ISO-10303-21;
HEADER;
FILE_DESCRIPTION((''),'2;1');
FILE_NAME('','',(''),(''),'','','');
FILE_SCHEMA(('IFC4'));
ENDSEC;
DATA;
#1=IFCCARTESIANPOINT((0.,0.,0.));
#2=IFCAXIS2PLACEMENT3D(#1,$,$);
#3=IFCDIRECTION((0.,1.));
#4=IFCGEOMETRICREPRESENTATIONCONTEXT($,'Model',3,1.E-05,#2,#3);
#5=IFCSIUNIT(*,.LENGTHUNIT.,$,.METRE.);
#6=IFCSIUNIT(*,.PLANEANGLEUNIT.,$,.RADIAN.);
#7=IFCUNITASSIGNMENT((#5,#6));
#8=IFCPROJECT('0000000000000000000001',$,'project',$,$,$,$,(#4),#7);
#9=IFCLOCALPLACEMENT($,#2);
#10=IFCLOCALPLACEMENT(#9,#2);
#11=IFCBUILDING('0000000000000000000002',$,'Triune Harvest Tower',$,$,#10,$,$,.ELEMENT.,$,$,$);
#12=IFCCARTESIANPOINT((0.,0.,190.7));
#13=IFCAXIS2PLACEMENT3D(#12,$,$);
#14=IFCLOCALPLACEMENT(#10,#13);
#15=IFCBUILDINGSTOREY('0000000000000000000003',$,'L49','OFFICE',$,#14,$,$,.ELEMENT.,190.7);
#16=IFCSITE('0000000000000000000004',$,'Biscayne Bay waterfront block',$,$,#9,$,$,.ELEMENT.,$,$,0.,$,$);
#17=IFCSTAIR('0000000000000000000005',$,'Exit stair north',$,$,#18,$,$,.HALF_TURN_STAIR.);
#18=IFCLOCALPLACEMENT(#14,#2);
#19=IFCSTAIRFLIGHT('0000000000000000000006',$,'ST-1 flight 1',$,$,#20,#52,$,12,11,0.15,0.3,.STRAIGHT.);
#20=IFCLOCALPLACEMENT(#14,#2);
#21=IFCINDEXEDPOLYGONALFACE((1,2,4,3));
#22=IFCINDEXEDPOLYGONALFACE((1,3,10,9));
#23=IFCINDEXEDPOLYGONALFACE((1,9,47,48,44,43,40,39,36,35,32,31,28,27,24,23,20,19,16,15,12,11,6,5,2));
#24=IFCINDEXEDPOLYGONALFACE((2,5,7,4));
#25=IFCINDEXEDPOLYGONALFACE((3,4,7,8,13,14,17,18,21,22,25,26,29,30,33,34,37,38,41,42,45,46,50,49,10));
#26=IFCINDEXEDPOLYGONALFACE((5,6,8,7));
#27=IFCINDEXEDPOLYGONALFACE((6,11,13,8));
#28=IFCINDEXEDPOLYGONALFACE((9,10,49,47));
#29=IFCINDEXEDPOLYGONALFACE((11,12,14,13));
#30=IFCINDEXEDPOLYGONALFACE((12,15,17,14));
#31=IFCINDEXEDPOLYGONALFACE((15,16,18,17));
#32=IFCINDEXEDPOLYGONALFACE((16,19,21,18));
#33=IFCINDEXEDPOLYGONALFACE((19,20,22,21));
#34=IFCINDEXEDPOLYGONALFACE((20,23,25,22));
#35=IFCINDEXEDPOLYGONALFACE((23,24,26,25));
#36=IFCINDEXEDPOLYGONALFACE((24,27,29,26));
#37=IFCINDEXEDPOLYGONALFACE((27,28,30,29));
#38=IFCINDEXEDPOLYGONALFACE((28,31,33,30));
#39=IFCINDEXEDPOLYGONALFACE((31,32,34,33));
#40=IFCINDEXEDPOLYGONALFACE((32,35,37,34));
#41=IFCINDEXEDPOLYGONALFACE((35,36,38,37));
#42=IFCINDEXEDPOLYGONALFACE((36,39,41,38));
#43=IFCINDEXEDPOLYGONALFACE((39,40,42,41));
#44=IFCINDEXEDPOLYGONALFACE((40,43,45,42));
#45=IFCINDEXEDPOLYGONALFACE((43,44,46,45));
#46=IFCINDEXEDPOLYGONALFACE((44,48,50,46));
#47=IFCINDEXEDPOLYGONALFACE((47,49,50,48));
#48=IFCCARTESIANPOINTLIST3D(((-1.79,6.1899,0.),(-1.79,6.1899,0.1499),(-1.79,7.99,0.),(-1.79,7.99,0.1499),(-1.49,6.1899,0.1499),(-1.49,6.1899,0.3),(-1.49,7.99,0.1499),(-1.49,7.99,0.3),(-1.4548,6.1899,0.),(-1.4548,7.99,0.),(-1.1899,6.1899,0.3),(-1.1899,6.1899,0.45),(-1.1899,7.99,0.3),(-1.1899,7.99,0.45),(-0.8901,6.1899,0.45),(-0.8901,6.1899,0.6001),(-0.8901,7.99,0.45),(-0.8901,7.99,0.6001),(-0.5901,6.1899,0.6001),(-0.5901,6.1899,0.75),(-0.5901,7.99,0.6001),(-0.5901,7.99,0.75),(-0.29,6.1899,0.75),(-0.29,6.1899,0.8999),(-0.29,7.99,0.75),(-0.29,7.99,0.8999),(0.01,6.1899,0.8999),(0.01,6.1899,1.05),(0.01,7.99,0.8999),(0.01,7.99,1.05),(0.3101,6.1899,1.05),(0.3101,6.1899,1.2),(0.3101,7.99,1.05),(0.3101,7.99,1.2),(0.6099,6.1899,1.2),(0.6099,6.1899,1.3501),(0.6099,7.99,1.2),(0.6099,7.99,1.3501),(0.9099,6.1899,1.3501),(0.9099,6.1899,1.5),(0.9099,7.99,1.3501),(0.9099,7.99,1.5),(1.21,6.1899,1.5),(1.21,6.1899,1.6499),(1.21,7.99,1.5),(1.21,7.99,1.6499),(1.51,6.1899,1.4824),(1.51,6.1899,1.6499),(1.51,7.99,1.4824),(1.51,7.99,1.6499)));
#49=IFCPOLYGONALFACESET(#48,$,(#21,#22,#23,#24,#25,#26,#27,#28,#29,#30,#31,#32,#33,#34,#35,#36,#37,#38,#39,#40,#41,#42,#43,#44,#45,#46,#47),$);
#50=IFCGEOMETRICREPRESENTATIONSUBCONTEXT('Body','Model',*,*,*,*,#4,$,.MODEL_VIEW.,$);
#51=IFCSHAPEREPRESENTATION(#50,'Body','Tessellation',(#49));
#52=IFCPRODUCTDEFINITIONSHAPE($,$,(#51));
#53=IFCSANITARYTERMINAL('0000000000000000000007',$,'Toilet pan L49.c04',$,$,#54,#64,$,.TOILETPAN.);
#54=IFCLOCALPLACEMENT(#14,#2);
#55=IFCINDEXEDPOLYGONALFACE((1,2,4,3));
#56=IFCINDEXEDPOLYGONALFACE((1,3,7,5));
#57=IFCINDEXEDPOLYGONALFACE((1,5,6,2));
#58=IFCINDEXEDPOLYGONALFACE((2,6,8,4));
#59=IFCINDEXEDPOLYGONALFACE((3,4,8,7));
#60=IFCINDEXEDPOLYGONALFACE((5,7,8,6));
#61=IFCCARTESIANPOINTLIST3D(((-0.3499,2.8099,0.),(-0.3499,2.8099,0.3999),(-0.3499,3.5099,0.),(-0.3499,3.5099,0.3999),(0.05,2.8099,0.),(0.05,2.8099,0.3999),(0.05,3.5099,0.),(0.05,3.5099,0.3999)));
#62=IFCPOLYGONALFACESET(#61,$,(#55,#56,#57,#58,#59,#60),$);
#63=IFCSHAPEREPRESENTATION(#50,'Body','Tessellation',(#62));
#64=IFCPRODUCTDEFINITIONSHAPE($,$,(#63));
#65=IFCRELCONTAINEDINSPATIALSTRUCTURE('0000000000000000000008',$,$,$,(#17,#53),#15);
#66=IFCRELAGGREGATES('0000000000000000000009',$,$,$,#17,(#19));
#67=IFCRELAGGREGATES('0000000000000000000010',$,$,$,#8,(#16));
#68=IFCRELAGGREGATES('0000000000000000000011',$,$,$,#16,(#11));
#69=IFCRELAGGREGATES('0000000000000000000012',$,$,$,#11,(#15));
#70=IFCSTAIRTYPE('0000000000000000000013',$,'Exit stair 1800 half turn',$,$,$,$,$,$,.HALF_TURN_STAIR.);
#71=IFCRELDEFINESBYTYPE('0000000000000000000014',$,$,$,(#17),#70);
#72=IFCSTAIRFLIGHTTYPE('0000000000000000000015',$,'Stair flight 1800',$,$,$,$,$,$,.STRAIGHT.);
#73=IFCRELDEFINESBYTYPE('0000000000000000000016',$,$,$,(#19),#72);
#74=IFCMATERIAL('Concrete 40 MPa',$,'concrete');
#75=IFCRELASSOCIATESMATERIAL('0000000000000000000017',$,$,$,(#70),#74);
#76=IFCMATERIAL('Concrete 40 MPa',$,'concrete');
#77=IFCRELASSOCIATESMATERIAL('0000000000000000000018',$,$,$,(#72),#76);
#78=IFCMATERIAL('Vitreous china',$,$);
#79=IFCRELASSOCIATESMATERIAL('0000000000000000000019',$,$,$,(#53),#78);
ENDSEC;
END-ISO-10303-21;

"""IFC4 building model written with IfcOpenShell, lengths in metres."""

from ifc_helpers import new_model, si_unit, direction, frame, origin, origin_2d, place, context, subcontext, project, spatial, polyline, rectangle, outline, extrude, source, transform, mapped, material, type_object, element, aggregate, save


model = new_model("IFC4")

# Units and contexts
model_context = context("Model", 3, precision=1e-05, world=origin(), true_north=direction((0.0, 1.0)))
body_context = subcontext(model_context, "Body", "Model", "MODEL_VIEW")
ifc_project = project(units=[si_unit("LENGTHUNIT", "METRE"), si_unit("PLANEANGLEUNIT", "RADIAN")], contexts=[model_context])

# Site, building, storey
site_placement = place(None, origin())
site = spatial("IfcSite", under=ifc_project, at=site_placement, Name="Biscayne Bay waterfront block", CompositionType="ELEMENT", RefElevation=0.0)
building_placement = place(site_placement, origin())
building = spatial("IfcBuilding", under=site, at=building_placement, Name="Triune Harvest Tower", CompositionType="ELEMENT")
storey_placement = place(building_placement, frame((0.0, 0.0, 190.7)))
storey = spatial("IfcBuildingStorey", under=building, at=storey_placement, Name="L49", Description="OFFICE", CompositionType="ELEMENT", Elevation=190.7)

# Stair, stair flight
ifc_material_1 = material(Name="Concrete 40 MPa", Category="concrete")
stair_type = type_object("IfcStairType", Name="Exit stair 1800 half turn", PredefinedType="HALF_TURN_STAIR", material=ifc_material_1)
stair_placement = place(storey_placement, origin())
stair = element("IfcStair", 1, at=stair_placement, inside=storey, type_object=stair_type, Name="Exit stair north", PredefinedType="HALF_TURN_STAIR")
ifc_material_2 = material(Name="Concrete 40 MPa", Category="concrete")
stair_flight_type = type_object("IfcStairFlightType", Name="Stair flight 1800", PredefinedType="STRAIGHT", material=ifc_material_2)
shared_shape_1 = source(origin(), body_context, "Body", "SweptSolid", [
    extrude(outline(polyline([(0.0, 0.0), (0.0, 0.1499), (0.3, 0.1499), (0.3, 0.3), (0.6001, 0.3), (0.6001, 0.45), (0.8999, 0.45), (0.8999, 0.6001), (1.2, 0.6001), (1.2, 0.75), (1.5, 0.75), (1.5, 0.8999), (1.8, 0.8999), (1.8, 1.05), (2.1001, 1.05), (2.1001, 1.2), (2.3999, 1.2), (2.3999, 1.3501), (2.7, 1.3501), (2.7, 1.5), (3.0, 1.5), (3.0, 1.6499), (3.3, 1.6499), (3.3, 1.8), (3.3, 1.4824), (0.3352, 0.0), (0.0, 0.0)])), frame((0.0, 0.8999, 0.0), z_axis=(0.0, -1.0, 0.0), x_axis=(1.0, 0.0, 0.0)), (0.0, 0.0, 1.0), 1.8),
])
stair_flight_placement = place(storey_placement, frame((-1.79, 7.0901, 0.0), z_axis=(0.0, 0.0, 1.0), x_axis=(1.0, 0.0, 0.0)))
stair_flight = element("IfcStairFlight", 2, at=stair_flight_placement, type_object=stair_flight_type, Name="ST-1 flight 1", NumberOfRisers=12, NumberOfTreads=11, PredefinedType="STRAIGHT", RiserHeight=0.15, TreadLength=0.3, context=body_context, shape_type="MappedRepresentation", body=[
    mapped(shared_shape_1, transform((0.0, 0.0, 0.0), scale=1.0)),
])
aggregate(stair, [stair_flight])

# Sanitary terminal
ifc_material_3 = material(Name="Vitreous china")
shared_shape_2 = source(origin(), body_context, "Body", "SweptSolid", [
    extrude(rectangle(XDim=0.3999, YDim=0.7, at=origin_2d()), origin(), (0.0, 0.0, 1.0), 0.3999),
])
sanitary_terminal_placement = place(storey_placement, frame((-0.1499, 3.1599, 0.0), z_axis=(0.0, 0.0, 1.0), x_axis=(-1.0, 0.0, 0.0)))
element("IfcSanitaryTerminal", 3, at=sanitary_terminal_placement, inside=storey, material=ifc_material_3, Name="Toilet pan L49.c04", PredefinedType="TOILETPAN", context=body_context, shape_type="MappedRepresentation", body=[
    mapped(shared_shape_2, transform((0.0, 0.0, 0.0), scale=1.0)),
])

save(model, "model.ifc")
